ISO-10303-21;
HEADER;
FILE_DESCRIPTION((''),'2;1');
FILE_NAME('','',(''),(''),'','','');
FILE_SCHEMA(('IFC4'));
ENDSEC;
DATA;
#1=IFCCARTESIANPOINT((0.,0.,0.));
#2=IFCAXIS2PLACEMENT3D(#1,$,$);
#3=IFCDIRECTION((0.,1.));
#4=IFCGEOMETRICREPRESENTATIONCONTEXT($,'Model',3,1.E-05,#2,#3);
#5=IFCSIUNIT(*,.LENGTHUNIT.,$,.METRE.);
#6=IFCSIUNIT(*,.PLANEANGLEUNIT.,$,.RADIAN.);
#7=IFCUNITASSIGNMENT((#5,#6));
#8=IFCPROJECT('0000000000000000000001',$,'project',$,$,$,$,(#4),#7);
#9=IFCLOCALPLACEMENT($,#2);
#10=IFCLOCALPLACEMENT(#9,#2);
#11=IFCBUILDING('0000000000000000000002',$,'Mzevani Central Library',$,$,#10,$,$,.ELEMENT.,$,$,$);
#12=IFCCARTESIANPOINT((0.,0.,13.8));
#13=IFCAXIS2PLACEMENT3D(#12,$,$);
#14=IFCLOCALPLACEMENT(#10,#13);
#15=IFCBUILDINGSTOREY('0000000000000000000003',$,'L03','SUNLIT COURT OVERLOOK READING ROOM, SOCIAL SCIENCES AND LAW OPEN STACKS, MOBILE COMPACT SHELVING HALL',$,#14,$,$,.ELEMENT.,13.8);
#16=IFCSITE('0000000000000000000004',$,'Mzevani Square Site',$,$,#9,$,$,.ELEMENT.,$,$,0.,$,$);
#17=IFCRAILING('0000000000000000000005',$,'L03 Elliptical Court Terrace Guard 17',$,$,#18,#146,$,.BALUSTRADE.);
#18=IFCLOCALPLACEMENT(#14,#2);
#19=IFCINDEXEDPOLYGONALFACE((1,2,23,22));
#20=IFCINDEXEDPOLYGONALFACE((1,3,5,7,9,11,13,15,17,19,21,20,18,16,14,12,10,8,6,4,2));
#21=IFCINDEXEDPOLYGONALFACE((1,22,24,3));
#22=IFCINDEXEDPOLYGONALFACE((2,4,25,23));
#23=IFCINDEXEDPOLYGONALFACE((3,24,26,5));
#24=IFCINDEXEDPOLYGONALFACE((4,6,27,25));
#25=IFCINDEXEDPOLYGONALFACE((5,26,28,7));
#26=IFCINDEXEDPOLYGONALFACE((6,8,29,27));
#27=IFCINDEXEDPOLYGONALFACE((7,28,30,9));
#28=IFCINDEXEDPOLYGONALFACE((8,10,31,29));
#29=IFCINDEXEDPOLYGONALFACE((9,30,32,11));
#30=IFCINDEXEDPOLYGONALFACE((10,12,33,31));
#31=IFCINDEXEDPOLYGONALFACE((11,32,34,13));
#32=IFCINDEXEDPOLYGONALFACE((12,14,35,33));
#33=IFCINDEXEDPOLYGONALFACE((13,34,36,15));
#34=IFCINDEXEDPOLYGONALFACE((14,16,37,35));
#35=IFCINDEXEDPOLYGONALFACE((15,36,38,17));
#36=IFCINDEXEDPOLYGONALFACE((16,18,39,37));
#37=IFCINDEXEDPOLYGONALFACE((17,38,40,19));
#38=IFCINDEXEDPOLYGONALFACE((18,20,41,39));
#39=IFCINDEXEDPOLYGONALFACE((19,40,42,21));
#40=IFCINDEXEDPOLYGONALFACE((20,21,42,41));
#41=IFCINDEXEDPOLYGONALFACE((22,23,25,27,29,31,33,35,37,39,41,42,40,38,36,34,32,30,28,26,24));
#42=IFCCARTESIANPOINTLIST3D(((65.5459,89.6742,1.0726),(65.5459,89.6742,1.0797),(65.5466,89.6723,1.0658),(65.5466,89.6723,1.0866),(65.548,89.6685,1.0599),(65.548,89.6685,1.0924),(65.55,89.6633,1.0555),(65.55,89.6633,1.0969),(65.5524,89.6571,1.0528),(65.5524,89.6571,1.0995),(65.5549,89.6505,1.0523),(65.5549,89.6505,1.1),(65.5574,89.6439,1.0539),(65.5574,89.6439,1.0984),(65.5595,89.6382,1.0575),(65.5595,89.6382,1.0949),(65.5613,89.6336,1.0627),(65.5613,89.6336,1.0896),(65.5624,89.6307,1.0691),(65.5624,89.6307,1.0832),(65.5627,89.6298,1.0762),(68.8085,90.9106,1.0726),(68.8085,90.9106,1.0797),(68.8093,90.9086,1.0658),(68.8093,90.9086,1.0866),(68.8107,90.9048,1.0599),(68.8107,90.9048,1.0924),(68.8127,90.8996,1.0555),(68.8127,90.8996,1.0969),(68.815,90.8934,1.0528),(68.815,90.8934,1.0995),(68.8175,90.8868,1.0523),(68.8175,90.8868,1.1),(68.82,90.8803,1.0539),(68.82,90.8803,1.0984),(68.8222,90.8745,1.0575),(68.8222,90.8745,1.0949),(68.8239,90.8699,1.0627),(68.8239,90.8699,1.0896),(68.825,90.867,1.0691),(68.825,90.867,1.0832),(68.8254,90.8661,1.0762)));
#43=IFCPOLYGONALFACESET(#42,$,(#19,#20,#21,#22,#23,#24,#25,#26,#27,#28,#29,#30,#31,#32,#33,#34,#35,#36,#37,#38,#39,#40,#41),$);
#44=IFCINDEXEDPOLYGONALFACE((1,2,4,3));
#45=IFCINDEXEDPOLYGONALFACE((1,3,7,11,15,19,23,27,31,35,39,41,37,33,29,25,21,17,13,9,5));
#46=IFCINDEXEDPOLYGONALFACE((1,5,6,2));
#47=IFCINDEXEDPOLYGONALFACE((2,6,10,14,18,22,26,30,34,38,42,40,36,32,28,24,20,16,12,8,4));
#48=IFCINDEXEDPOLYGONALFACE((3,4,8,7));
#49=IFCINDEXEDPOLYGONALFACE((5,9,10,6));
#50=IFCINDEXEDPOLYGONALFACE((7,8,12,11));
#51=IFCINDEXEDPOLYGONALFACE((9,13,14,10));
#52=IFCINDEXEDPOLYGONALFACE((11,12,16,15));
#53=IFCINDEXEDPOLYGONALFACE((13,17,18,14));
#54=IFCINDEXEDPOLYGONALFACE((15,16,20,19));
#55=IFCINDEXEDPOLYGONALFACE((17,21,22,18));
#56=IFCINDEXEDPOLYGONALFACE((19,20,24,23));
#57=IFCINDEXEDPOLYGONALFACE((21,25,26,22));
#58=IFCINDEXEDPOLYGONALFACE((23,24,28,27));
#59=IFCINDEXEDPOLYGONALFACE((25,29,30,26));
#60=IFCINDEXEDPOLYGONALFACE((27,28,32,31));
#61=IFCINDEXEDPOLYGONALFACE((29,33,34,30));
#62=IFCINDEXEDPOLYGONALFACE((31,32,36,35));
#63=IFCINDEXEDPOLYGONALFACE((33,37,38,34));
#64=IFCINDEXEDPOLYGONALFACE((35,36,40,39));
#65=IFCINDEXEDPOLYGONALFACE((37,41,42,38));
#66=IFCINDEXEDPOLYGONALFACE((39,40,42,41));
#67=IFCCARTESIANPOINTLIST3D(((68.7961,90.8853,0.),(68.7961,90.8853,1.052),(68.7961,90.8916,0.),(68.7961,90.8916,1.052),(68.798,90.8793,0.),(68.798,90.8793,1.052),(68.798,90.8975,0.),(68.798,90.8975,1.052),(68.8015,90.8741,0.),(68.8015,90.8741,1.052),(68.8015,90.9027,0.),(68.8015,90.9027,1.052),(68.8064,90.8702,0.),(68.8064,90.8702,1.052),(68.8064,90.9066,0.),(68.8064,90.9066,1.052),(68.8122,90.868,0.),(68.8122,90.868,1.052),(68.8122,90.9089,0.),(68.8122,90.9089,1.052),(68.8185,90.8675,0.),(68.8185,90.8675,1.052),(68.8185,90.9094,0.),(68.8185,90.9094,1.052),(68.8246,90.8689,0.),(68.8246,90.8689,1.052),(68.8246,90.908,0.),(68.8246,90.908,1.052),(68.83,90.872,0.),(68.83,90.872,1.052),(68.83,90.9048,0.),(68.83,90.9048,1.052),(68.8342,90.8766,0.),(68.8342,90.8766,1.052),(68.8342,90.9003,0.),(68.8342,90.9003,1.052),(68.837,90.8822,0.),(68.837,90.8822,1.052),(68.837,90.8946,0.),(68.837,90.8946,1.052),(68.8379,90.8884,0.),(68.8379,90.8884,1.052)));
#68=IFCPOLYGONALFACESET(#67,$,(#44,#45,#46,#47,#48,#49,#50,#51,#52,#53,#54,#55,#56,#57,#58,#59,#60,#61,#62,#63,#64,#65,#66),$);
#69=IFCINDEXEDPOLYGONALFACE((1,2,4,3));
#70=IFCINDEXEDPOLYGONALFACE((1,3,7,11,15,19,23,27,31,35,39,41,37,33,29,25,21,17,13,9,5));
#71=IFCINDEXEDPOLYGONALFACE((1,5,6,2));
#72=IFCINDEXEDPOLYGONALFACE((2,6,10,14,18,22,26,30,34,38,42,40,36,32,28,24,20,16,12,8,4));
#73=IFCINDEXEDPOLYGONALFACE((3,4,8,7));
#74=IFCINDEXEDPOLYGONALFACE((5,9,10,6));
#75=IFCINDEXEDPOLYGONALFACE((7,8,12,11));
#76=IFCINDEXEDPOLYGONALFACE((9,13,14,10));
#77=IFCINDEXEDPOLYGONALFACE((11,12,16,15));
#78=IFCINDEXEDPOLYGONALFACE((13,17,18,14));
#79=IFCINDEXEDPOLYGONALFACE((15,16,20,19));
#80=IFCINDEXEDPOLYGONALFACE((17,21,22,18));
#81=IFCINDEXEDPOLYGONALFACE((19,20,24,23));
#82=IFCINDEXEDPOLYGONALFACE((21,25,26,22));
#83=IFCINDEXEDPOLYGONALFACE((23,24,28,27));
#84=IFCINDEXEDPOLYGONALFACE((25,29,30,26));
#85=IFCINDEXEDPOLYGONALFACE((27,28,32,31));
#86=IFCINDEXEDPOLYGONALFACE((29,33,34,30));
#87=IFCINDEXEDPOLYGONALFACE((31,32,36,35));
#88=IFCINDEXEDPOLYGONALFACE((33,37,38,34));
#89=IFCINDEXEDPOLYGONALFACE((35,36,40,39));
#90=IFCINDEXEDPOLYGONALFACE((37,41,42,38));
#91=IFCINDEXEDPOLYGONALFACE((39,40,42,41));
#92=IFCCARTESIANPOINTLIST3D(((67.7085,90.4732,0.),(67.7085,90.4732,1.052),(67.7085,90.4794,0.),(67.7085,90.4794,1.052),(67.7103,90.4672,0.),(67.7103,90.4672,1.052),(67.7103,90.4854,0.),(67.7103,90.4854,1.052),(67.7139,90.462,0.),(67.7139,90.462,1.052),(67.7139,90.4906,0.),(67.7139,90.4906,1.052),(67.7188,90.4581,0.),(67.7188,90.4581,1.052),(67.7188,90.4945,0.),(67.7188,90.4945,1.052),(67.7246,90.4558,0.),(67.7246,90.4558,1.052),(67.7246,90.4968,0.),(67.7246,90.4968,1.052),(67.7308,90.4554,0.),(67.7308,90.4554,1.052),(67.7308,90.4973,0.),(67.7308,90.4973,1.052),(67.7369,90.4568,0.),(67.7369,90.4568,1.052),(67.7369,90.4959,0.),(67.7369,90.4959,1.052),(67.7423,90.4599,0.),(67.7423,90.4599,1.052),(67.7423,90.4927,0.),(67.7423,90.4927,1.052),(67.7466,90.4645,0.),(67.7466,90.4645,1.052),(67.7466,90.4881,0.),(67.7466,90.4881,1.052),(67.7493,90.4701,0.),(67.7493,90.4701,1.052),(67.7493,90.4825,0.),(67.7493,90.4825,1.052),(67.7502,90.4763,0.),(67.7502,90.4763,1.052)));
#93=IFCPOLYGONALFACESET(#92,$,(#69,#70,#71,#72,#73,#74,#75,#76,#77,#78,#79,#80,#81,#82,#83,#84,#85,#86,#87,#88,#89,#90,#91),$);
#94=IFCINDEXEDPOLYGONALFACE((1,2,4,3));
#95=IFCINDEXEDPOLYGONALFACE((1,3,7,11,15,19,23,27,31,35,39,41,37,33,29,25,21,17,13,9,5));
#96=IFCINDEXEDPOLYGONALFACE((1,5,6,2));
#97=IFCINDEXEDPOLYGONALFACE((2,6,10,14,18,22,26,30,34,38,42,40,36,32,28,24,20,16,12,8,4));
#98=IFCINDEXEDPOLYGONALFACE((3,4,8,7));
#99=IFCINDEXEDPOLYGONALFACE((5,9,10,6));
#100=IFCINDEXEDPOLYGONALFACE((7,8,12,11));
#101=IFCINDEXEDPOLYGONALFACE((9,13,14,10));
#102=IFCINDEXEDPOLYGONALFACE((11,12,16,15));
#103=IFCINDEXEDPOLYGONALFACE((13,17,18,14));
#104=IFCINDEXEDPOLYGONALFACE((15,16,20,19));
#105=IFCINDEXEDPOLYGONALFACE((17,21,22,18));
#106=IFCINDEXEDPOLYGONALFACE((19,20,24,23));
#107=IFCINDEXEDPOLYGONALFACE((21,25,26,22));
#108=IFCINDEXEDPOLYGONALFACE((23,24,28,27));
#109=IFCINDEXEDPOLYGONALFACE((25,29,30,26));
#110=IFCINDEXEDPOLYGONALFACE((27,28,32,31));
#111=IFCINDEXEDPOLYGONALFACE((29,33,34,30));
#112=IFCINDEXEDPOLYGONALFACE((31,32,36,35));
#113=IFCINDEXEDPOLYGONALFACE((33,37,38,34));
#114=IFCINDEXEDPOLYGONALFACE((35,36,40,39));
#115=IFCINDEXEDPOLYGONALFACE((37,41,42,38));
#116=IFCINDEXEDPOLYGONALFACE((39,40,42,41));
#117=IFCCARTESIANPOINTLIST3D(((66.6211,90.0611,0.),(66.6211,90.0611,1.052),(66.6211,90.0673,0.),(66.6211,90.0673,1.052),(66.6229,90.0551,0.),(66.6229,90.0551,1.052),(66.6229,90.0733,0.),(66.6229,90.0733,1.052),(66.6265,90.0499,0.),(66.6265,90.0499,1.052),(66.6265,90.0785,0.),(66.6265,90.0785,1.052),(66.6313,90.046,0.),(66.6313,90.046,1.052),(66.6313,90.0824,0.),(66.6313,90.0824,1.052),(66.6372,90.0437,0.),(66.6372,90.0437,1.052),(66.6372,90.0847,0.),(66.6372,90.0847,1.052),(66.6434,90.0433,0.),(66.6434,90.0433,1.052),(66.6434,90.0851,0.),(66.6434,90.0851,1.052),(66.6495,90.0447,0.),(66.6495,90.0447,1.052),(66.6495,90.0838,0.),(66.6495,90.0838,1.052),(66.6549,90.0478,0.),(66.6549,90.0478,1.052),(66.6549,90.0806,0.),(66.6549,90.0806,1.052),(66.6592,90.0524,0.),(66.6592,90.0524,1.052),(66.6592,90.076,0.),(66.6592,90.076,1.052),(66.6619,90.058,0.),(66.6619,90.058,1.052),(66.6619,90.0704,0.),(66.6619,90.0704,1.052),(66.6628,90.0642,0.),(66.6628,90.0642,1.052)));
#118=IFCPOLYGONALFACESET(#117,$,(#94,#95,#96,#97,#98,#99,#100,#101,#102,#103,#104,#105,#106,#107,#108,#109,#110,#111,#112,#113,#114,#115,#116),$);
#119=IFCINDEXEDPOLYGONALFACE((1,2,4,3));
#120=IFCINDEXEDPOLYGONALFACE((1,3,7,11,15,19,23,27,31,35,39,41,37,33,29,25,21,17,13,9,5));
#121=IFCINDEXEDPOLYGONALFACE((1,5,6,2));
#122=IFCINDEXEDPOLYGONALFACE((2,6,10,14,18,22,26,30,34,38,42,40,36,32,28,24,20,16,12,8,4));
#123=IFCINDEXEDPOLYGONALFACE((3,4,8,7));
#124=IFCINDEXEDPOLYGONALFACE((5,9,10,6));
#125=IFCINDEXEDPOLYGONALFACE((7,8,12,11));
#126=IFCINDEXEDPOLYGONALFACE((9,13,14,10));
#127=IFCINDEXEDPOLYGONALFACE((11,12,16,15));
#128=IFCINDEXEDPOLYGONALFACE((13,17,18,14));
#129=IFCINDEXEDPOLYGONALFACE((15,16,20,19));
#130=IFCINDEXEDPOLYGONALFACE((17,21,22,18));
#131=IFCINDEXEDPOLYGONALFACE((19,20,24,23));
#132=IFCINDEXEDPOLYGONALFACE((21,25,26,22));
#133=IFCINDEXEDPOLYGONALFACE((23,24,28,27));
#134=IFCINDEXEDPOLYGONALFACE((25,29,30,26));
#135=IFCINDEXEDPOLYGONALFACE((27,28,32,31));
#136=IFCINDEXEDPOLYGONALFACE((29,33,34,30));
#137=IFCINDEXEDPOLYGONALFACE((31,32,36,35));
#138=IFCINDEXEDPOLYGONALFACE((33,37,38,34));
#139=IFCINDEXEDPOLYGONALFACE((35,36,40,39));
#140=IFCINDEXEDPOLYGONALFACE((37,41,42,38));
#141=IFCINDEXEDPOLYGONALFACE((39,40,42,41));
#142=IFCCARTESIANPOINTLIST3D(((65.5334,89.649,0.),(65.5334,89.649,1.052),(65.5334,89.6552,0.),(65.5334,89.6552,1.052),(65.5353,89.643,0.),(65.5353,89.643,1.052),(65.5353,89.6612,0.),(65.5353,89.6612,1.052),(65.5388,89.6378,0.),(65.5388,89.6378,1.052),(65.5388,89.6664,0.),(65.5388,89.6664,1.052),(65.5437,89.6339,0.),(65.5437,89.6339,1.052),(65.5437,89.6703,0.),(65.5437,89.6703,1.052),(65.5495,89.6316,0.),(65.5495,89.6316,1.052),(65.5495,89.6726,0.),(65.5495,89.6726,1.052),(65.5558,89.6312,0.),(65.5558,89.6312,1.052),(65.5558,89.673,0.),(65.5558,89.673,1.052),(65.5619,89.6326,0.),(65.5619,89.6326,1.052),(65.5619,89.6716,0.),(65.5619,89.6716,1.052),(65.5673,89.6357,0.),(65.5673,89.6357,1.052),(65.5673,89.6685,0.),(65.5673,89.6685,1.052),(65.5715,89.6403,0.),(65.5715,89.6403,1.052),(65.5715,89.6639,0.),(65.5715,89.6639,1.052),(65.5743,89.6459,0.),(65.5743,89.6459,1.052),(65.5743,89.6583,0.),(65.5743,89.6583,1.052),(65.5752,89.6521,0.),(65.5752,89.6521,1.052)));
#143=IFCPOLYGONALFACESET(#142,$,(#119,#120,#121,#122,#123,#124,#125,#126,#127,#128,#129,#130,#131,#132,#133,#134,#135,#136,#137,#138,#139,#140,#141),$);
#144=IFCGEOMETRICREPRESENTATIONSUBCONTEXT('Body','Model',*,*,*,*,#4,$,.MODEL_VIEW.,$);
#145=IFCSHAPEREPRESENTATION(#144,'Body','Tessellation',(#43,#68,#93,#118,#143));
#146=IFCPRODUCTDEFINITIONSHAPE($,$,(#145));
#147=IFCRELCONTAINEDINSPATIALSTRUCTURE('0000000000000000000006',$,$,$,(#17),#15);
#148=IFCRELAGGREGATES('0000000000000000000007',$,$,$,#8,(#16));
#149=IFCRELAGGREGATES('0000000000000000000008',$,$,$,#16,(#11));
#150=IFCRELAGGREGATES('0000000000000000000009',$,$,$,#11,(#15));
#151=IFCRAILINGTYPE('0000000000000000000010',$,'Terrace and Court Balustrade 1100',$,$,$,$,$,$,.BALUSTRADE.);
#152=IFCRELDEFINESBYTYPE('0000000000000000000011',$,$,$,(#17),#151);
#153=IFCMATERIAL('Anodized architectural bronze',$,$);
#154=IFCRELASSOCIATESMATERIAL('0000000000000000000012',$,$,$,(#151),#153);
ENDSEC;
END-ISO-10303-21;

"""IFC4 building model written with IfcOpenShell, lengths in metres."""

from ifc_helpers import new_model, si_unit, direction, frame, origin, origin_2d, place, context, subcontext, project, spatial, circle, extrude, material, type_object, element, save


model = new_model("IFC4")

# Units and contexts
model_context = context("Model", 3, precision=1e-05, world=origin(), true_north=direction((0.0, 1.0)))
body_context = subcontext(model_context, "Body", "Model", "MODEL_VIEW")
ifc_project = project(units=[si_unit("LENGTHUNIT", "METRE"), si_unit("PLANEANGLEUNIT", "RADIAN")], contexts=[model_context])

# Site, building, storey
site_placement = place(None, origin())
site = spatial("IfcSite", under=ifc_project, at=site_placement, Name="Mzevani Square Site", CompositionType="ELEMENT", RefElevation=0.0)
building_placement = place(site_placement, origin())
building = spatial("IfcBuilding", under=site, at=building_placement, Name="Mzevani Central Library", CompositionType="ELEMENT")
storey_placement = place(building_placement, frame((0.0, 0.0, 13.8)))
storey = spatial("IfcBuildingStorey", under=building, at=storey_placement, Name="L03", Description="SUNLIT COURT OVERLOOK READING ROOM, SOCIAL SCIENCES AND LAW OPEN STACKS, MOBILE COMPACT SHELVING HALL", CompositionType="ELEMENT", Elevation=13.8)

# Railing
ifc_material_1 = material(Name="Anodized architectural bronze")
railing_type = type_object("IfcRailingType", Name="Terrace and Court Balustrade 1100", PredefinedType="BALUSTRADE", material=ifc_material_1)
railing_1_placement = place(storey_placement, frame((68.8169, 90.8884, 0.0)))
element("IfcRailing", 1, at=railing_1_placement, inside=storey, type_object=railing_type, Name="L03 Elliptical Court Terrace Guard 17", PredefinedType="BALUSTRADE", context=body_context, shape_type="SweptSolid", body=[
    extrude(circle(Radius=0.0239, at=origin_2d()), frame((0.0, 0.0, 1.0762), z_axis=(-0.935116, -0.354342, 0.0), x_axis=(0.354342, -0.935116, 0.0)), (0.0, 0.0, 1.0), 3.489),
    extrude(circle(Radius=0.021, at=origin_2d()), origin(), (0.0, 0.0, 1.0), 1.052),
    extrude(circle(Radius=0.021, at=origin_2d()), frame((-1.0876, -0.4121, 0.0)), (0.0, 0.0, 1.0), 1.052),
    extrude(circle(Radius=0.021, at=origin_2d()), frame((-2.175, -0.8242, 0.0)), (0.0, 0.0, 1.0), 1.052),
    extrude(circle(Radius=0.021, at=origin_2d()), frame((-3.2627, -1.2363, 0.0)), (0.0, 0.0, 1.0), 1.052),
])

save(model, "model.ifc")
